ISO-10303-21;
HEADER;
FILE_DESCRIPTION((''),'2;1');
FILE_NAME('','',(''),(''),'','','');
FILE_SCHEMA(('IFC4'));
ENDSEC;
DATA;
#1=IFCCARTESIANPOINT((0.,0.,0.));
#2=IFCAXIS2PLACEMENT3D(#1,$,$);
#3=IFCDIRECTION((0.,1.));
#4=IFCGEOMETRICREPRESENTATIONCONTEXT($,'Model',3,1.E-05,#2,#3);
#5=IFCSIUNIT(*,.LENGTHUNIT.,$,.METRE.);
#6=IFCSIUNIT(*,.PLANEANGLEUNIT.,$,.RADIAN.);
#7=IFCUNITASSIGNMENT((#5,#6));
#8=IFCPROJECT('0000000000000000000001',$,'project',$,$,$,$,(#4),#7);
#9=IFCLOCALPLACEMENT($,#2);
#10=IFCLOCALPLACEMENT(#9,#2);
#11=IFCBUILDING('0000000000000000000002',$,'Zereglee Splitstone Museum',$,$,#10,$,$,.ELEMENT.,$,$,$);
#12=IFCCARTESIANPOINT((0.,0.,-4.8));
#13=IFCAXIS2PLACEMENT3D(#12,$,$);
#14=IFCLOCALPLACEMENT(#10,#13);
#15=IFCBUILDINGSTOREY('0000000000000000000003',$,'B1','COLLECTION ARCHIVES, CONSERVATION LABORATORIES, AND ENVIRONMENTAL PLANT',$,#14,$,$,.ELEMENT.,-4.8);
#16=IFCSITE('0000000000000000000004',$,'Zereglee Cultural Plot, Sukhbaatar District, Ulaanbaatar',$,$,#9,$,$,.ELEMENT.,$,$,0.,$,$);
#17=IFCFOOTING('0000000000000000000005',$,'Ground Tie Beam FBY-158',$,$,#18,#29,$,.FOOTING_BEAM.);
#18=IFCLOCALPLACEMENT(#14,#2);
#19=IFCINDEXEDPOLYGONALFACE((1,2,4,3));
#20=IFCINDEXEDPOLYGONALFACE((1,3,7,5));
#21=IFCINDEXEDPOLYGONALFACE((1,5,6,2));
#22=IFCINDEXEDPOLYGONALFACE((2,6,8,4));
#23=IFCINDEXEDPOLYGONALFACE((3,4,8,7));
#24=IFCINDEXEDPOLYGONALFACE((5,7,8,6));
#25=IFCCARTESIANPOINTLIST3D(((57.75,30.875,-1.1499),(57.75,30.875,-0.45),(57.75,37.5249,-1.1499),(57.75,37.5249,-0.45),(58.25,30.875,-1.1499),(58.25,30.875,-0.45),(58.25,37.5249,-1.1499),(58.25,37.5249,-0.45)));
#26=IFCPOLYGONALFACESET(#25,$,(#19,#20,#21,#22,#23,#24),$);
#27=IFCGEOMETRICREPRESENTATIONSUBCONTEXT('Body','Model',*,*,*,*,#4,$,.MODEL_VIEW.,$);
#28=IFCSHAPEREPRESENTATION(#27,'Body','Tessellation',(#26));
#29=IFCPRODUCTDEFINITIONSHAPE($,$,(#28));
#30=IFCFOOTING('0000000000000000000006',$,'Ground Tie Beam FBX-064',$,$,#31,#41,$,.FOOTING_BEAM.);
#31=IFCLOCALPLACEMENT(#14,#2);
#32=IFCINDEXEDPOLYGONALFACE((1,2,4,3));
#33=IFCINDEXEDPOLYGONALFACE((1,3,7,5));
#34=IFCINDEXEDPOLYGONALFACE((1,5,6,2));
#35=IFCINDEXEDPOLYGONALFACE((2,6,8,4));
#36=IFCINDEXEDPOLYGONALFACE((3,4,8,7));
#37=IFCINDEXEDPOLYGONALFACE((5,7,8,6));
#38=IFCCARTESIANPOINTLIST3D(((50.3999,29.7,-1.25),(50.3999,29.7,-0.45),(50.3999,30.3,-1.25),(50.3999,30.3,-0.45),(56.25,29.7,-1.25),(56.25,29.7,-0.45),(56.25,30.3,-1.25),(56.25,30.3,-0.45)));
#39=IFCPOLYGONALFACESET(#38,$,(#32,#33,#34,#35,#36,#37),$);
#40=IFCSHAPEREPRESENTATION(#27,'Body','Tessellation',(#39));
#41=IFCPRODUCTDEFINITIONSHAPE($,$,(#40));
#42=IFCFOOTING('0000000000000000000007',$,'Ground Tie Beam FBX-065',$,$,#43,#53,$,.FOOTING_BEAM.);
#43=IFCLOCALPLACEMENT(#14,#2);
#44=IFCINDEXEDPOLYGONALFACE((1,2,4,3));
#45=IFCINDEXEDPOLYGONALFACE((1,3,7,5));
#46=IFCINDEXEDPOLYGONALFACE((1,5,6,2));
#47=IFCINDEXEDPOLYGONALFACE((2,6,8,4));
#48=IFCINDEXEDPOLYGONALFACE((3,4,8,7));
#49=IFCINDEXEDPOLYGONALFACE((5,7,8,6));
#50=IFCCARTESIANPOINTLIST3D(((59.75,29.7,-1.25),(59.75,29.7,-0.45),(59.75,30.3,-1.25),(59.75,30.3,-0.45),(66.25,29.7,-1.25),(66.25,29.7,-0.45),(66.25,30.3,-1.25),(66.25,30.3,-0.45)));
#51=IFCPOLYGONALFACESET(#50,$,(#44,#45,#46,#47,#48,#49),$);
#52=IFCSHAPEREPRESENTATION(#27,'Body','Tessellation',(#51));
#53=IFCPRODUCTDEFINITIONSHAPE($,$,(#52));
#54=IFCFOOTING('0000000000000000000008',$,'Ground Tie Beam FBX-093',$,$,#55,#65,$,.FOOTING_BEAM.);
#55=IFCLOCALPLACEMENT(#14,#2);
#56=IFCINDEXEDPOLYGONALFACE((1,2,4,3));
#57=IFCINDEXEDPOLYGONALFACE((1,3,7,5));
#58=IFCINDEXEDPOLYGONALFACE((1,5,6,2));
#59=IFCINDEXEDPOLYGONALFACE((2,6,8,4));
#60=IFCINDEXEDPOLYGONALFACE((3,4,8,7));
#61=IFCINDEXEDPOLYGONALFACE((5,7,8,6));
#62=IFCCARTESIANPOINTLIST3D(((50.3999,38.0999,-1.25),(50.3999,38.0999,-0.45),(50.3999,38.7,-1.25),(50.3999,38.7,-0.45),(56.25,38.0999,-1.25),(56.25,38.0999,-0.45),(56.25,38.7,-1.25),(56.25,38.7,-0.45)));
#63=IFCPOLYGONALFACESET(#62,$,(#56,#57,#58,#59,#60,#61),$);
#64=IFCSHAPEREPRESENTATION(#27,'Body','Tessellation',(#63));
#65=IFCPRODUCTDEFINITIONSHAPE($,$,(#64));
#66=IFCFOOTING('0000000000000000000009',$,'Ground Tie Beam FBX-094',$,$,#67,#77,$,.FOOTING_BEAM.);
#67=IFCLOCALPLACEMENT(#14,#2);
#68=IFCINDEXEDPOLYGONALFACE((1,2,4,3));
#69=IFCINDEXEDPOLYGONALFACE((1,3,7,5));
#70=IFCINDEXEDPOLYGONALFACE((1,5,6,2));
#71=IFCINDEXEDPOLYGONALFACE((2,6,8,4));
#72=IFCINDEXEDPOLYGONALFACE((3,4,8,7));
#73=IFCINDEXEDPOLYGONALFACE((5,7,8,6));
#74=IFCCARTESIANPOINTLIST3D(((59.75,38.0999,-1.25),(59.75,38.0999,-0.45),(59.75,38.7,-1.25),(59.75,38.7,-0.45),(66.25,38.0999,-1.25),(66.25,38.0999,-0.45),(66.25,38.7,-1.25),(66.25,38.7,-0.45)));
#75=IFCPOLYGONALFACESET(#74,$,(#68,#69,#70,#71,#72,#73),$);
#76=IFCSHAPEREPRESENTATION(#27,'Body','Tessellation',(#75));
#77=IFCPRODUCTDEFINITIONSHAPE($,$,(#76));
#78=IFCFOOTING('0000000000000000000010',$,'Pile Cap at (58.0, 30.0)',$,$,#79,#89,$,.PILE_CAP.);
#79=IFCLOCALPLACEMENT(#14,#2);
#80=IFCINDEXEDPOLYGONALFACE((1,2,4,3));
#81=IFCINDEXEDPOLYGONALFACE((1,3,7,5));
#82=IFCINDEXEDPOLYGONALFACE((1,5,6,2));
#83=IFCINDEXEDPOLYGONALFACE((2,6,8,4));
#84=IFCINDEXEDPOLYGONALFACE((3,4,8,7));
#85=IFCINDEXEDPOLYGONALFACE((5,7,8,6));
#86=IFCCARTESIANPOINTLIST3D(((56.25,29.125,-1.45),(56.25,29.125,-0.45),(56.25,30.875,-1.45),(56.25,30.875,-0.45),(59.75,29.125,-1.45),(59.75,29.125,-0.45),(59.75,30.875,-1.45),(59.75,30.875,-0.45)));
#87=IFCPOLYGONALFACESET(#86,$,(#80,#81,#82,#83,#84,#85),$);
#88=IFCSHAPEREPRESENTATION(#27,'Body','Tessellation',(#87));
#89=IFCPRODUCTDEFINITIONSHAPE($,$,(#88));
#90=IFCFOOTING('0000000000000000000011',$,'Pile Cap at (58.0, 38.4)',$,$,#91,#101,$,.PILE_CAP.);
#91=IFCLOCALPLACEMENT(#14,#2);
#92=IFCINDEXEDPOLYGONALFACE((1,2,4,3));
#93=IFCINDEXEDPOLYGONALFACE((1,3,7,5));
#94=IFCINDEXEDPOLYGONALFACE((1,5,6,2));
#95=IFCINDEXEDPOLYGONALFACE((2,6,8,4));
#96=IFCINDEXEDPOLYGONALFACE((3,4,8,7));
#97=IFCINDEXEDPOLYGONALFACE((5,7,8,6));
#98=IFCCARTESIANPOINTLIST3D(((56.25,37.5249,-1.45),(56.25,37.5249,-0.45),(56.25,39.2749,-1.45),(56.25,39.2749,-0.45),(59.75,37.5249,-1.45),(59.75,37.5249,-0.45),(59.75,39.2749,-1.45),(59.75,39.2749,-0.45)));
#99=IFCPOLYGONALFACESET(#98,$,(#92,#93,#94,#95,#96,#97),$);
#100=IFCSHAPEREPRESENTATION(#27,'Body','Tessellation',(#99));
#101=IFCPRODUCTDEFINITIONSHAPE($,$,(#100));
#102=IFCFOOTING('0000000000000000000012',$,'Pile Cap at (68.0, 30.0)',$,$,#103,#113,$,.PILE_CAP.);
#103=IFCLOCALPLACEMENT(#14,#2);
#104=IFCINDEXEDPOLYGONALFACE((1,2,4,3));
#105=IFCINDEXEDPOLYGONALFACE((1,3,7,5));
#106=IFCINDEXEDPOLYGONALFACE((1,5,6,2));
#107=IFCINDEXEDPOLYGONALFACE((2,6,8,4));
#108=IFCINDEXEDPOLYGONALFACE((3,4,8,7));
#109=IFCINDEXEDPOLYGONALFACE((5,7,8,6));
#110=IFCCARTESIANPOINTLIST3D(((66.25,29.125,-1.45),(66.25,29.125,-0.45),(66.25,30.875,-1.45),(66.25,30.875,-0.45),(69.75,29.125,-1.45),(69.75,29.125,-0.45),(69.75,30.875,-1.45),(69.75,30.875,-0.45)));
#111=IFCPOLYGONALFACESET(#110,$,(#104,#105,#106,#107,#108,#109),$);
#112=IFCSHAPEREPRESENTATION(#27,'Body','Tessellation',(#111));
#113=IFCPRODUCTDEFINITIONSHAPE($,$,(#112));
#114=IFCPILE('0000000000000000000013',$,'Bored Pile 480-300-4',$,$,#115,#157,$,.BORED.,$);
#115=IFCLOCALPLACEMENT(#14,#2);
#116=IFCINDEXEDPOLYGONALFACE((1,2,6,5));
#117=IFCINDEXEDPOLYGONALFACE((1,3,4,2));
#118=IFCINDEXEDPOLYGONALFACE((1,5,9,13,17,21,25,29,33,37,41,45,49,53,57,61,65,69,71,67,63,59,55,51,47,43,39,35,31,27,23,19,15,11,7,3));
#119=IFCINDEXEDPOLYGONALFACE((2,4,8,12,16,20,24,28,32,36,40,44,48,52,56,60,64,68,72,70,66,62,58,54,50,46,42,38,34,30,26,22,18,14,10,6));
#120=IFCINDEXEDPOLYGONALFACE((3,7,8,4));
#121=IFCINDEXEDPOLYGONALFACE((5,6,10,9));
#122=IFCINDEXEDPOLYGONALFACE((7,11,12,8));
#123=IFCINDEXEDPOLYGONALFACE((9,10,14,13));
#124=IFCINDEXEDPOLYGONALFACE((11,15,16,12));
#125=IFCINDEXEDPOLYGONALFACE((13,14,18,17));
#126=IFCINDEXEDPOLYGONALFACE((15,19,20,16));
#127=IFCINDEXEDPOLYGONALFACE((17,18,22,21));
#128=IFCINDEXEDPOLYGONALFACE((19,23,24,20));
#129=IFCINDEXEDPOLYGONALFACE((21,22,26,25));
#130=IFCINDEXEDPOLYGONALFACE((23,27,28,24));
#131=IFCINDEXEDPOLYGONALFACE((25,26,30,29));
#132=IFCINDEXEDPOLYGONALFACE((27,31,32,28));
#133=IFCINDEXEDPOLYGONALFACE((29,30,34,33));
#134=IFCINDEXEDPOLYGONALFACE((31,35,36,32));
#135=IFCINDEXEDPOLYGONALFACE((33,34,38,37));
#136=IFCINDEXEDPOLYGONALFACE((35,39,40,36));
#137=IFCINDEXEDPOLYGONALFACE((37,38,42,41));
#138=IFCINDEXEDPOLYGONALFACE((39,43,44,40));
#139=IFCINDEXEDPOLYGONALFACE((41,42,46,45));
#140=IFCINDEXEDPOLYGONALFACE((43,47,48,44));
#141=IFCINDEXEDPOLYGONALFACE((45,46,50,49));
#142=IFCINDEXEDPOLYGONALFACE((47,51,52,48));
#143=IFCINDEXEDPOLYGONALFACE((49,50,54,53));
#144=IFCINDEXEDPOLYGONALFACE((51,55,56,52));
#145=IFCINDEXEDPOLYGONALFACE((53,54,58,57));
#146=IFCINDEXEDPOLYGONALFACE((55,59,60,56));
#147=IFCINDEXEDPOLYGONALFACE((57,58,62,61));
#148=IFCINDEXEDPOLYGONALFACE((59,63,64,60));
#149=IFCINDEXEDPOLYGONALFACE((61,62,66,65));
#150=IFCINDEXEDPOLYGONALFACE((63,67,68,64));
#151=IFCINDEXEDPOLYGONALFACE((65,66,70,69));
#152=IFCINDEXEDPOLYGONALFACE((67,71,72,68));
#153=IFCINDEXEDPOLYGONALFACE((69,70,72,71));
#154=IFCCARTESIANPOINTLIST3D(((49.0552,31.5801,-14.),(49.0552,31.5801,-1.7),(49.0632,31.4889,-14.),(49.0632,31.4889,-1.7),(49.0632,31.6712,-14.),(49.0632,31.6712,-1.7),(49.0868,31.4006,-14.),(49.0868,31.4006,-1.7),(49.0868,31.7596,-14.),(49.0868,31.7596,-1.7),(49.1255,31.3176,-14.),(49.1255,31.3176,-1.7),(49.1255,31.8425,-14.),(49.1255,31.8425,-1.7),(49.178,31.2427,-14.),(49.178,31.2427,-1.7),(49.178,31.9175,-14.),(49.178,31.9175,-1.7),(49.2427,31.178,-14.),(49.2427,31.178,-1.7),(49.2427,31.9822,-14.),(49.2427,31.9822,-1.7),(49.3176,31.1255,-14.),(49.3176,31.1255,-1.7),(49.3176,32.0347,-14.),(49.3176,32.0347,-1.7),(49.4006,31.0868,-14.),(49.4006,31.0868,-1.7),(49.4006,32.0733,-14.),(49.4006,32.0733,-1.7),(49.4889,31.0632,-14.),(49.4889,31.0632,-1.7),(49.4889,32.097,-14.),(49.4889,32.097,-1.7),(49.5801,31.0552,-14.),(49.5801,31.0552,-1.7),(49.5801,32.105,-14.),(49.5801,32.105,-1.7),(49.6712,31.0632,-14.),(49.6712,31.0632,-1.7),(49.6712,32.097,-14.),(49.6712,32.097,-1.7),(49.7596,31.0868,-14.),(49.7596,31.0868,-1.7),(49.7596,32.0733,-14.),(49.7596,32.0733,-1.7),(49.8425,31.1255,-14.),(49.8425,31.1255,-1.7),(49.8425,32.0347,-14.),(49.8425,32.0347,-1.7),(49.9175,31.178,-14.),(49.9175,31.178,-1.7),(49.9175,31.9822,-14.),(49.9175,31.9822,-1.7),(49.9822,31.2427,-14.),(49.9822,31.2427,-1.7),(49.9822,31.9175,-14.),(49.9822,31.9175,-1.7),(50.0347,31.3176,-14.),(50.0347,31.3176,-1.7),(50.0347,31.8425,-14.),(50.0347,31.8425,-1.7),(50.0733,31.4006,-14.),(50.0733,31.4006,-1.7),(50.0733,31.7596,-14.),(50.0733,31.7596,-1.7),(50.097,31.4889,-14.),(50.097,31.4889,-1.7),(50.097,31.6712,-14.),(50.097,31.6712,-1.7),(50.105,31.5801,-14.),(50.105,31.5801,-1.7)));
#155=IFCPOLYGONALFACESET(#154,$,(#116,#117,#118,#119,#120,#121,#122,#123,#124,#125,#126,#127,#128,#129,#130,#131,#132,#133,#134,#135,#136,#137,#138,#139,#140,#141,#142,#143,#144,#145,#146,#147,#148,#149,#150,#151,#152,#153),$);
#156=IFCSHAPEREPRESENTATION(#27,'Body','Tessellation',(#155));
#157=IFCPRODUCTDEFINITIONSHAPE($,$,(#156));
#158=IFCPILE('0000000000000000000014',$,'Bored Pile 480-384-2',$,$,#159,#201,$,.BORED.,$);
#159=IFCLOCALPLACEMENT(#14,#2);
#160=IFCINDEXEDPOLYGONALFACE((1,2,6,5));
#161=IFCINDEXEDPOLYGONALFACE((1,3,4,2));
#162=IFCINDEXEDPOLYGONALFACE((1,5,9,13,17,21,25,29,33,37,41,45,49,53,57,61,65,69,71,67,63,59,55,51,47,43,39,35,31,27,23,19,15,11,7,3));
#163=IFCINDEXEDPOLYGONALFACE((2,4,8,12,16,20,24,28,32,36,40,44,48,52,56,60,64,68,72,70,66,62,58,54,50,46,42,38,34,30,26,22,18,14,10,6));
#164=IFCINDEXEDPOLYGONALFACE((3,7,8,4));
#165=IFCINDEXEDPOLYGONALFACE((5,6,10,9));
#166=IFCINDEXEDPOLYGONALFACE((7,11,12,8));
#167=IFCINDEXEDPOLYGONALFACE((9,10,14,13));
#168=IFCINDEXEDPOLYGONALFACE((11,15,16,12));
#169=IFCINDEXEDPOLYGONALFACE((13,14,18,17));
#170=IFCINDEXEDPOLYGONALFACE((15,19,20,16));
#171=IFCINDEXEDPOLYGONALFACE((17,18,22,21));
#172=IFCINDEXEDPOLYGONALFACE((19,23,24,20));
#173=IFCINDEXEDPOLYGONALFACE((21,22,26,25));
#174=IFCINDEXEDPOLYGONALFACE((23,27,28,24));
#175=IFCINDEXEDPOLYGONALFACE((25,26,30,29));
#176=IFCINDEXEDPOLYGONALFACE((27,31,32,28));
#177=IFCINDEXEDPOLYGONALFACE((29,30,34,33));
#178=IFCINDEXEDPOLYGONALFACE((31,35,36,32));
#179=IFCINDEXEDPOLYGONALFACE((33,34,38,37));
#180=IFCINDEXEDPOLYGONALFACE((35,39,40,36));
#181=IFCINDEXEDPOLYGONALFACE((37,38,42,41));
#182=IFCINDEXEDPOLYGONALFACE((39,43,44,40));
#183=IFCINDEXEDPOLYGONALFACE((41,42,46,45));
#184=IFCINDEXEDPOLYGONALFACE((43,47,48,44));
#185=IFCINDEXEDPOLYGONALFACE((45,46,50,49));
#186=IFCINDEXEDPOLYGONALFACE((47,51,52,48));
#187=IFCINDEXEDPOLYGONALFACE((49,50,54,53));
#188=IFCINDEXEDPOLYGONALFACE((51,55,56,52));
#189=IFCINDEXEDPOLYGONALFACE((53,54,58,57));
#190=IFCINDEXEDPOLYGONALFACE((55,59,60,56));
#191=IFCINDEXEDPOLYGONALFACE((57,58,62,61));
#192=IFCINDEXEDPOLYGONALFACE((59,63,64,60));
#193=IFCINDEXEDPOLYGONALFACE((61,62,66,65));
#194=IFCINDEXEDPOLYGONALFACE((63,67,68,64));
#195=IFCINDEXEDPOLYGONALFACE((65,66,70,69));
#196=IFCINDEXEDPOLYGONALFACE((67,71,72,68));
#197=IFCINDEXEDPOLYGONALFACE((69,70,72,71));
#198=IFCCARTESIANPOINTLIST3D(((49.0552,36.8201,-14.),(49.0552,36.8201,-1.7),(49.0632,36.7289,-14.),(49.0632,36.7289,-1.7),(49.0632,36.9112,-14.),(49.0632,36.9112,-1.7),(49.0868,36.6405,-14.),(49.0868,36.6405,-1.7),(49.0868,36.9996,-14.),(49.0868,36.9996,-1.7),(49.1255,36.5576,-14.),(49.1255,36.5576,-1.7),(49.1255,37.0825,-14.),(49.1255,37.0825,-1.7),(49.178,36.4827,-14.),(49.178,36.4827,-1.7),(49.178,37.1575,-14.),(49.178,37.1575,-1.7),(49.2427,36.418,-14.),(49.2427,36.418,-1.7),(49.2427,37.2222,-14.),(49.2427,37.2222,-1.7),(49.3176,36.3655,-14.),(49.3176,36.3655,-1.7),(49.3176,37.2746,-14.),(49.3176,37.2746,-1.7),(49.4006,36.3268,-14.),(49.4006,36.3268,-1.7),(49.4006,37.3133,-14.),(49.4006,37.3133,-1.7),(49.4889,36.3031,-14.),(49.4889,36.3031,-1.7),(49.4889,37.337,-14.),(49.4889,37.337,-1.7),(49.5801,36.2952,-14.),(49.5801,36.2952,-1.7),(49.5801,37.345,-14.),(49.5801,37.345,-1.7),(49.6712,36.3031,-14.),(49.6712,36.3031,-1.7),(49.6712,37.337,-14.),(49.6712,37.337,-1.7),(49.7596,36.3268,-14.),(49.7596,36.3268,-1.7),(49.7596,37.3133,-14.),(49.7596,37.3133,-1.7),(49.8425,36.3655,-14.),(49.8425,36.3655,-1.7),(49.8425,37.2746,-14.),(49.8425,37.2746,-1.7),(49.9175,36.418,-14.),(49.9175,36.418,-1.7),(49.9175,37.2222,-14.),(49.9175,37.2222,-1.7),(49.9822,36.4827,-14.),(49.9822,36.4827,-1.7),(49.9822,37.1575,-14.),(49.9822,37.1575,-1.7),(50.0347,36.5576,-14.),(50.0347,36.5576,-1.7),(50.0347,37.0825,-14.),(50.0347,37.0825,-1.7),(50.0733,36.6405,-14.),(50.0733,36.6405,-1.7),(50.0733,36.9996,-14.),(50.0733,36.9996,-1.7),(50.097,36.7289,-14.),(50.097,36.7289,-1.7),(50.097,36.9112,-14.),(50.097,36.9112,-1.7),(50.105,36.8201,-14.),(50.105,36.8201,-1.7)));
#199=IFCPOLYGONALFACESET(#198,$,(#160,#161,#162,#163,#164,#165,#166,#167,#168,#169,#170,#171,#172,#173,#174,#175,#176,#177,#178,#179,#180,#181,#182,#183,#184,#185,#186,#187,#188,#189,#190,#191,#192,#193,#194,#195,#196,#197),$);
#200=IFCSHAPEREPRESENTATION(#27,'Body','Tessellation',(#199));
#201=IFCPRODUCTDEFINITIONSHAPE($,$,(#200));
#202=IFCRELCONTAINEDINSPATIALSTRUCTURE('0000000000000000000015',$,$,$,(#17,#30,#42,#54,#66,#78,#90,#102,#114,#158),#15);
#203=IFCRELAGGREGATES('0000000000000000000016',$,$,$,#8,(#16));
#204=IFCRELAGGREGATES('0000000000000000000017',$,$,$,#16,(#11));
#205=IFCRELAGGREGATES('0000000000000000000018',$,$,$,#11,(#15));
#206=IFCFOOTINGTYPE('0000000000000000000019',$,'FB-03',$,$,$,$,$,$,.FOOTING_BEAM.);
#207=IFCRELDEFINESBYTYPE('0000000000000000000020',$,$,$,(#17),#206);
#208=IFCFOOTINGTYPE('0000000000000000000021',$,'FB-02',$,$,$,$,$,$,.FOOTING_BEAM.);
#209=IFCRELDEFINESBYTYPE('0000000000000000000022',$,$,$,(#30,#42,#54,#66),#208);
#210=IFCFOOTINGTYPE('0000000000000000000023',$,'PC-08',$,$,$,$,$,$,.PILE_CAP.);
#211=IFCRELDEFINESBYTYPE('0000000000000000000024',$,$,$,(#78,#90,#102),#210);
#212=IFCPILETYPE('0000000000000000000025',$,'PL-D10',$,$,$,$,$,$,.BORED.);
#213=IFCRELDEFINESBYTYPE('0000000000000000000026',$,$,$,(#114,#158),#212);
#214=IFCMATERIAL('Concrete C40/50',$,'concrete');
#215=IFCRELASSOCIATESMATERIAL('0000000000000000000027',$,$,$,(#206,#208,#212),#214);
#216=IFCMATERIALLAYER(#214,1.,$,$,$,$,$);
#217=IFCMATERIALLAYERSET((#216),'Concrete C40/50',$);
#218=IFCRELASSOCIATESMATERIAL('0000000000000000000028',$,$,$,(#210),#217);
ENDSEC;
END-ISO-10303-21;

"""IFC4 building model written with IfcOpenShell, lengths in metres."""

from ifc_helpers import new_model, si_unit, direction, frame, origin, origin_2d, place, context, subcontext, project, spatial, rectangle, circle, extrude, material, layer, layer_set, material_profile, profile_set, type_object, element, save


model = new_model("IFC4")

# Units and contexts
model_context = context("Model", 3, precision=1e-05, world=origin(), true_north=direction((0.0, 1.0)))
body_context = subcontext(model_context, "Body", "Model", "MODEL_VIEW")
ifc_project = project(units=[si_unit("LENGTHUNIT", "METRE"), si_unit("PLANEANGLEUNIT", "RADIAN")], contexts=[model_context])

# Site, building, storey
site_placement = place(None, origin())
site = spatial("IfcSite", under=ifc_project, at=site_placement, Name="Zereglee Cultural Plot, Sukhbaatar District, Ulaanbaatar", CompositionType="ELEMENT", RefElevation=0.0)
building_placement = place(site_placement, origin())
building = spatial("IfcBuilding", under=site, at=building_placement, Name="Zereglee Splitstone Museum", CompositionType="ELEMENT")
storey_placement = place(building_placement, frame((0.0, 0.0, -4.8)))
storey = spatial("IfcBuildingStorey", under=building, at=storey_placement, Name="B1", Description="COLLECTION ARCHIVES, CONSERVATION LABORATORIES, AND ENVIRONMENTAL PLANT", CompositionType="ELEMENT", Elevation=-4.8)

# Footings
ifc_material_1 = material(Name="Concrete C40/50", Category="concrete")
footing_type_1 = type_object("IfcFootingType", Name="FB-03", PredefinedType="FOOTING_BEAM", material=ifc_material_1)
footing_1_placement = place(storey_placement, frame((58.0, 34.2, -1.1499), z_axis=(0.0, 0.0, 1.0), x_axis=(0.0, 1.0, 0.0)))
element("IfcFooting", 1, at=footing_1_placement, inside=storey, type_object=footing_type_1, Name="Ground Tie Beam FBY-158", PredefinedType="FOOTING_BEAM", context=body_context, shape_type="SweptSolid", body=[
    extrude(rectangle(XDim=6.6499, YDim=0.5, at=origin_2d()), origin(), (0.0, 0.0, 1.0), 0.7),
])
footing_type_2 = type_object("IfcFootingType", Name="FB-02", PredefinedType="FOOTING_BEAM", material=ifc_material_1)
footing_2_placement = place(storey_placement, frame((53.325, 30.0, -1.25), z_axis=(0.0, 0.0, 1.0), x_axis=(1.0, 0.0, 0.0)))
element("IfcFooting", 2, at=footing_2_placement, inside=storey, type_object=footing_type_2, Name="Ground Tie Beam FBX-064", PredefinedType="FOOTING_BEAM", context=body_context, shape_type="SweptSolid", body=[
    extrude(rectangle(XDim=5.8501, YDim=0.6001, at=origin_2d()), origin(), (0.0, 0.0, 1.0), 0.8),
])
footing_3_placement = place(storey_placement, frame((63.0, 30.0, -1.25), z_axis=(0.0, 0.0, 1.0), x_axis=(1.0, 0.0, 0.0)))
element("IfcFooting", 3, at=footing_3_placement, inside=storey, type_object=footing_type_2, Name="Ground Tie Beam FBX-065", PredefinedType="FOOTING_BEAM", context=body_context, shape_type="SweptSolid", body=[
    extrude(rectangle(XDim=6.5, YDim=0.6001, at=origin_2d()), origin(), (0.0, 0.0, 1.0), 0.8),
])
footing_4_placement = place(storey_placement, frame((53.325, 38.3999, -1.25), z_axis=(0.0, 0.0, 1.0), x_axis=(1.0, 0.0, 0.0)))
element("IfcFooting", 4, at=footing_4_placement, inside=storey, type_object=footing_type_2, Name="Ground Tie Beam FBX-093", PredefinedType="FOOTING_BEAM", context=body_context, shape_type="SweptSolid", body=[
    extrude(rectangle(XDim=5.8501, YDim=0.6001, at=origin_2d()), origin(), (0.0, 0.0, 1.0), 0.8),
])
footing_5_placement = place(storey_placement, frame((63.0, 38.3999, -1.25), z_axis=(0.0, 0.0, 1.0), x_axis=(1.0, 0.0, 0.0)))
element("IfcFooting", 5, at=footing_5_placement, inside=storey, type_object=footing_type_2, Name="Ground Tie Beam FBX-094", PredefinedType="FOOTING_BEAM", context=body_context, shape_type="SweptSolid", body=[
    extrude(rectangle(XDim=6.5, YDim=0.6001, at=origin_2d()), origin(), (0.0, 0.0, 1.0), 0.8),
])
ifc_layer_1 = layer(ifc_material_1, 1.0)
ifc_layer_set_1 = layer_set([ifc_layer_1], Name="Concrete C40/50")
footing_type_3 = type_object("IfcFootingType", Name="PC-08", PredefinedType="PILE_CAP", material=ifc_layer_set_1)
for number, where, z_axis, x_axis, name in (
    (6, (58.0, 30.0, -1.45), (0.0, 0.0, 1.0), (1.0, 0.0, 0.0), "Pile Cap at (58.0, 30.0)"),
    (7, (58.0, 38.3999, -1.45), (0.0, 0.0, 1.0), (1.0, 0.0, 0.0), "Pile Cap at (58.0, 38.4)"),
    (8, (68.0, 30.0, -1.45), (0.0, 0.0, 1.0), (1.0, 0.0, 0.0), "Pile Cap at (68.0, 30.0)"),
):
    element("IfcFooting", number, at=place(storey_placement, frame(where, z_axis=z_axis, x_axis=x_axis)), inside=storey, type_object=footing_type_3, Name=name, PredefinedType="PILE_CAP", context=body_context, shape_type="SweptSolid", body=[
        extrude(rectangle(XDim=3.5, YDim=1.75, at=origin_2d()), origin(), (0.0, 0.0, 1.0), 1.0),
    ])

# Piles
ifc_material_profile_1 = material_profile(ifc_material_1, circle(Radius=0.5249, at=origin_2d()), Name="PILE D1050")
ifc_profile_set_1 = profile_set([ifc_material_profile_1], Name="Concrete C40/50")
pile_type_1 = type_object("IfcPileType", Name="PL-D10", PredefinedType="BORED", material=ifc_profile_set_1)
for number, where, z_axis, x_axis, name in (
    (9, (49.5801, 31.5801, -1.7), (0.0, 0.0, -1.0), (1.0, 0.0, 0.0), "Bored Pile 480-300-4"),
    (10, (49.5801, 36.8201, -1.7), (0.0, 0.0, -1.0), (1.0, 0.0, 0.0), "Bored Pile 480-384-2"),
):
    element("IfcPile", number, at=place(storey_placement, frame(where, z_axis=z_axis, x_axis=x_axis)), inside=storey, type_object=pile_type_1, Name=name, PredefinedType="BORED", context=body_context, shape_type="SweptSolid", body=[
        extrude(circle(Radius=0.5249, at=origin_2d()), origin(), (0.0, 0.0, 1.0), 12.3),
    ])

save(model, "model.ifc")
